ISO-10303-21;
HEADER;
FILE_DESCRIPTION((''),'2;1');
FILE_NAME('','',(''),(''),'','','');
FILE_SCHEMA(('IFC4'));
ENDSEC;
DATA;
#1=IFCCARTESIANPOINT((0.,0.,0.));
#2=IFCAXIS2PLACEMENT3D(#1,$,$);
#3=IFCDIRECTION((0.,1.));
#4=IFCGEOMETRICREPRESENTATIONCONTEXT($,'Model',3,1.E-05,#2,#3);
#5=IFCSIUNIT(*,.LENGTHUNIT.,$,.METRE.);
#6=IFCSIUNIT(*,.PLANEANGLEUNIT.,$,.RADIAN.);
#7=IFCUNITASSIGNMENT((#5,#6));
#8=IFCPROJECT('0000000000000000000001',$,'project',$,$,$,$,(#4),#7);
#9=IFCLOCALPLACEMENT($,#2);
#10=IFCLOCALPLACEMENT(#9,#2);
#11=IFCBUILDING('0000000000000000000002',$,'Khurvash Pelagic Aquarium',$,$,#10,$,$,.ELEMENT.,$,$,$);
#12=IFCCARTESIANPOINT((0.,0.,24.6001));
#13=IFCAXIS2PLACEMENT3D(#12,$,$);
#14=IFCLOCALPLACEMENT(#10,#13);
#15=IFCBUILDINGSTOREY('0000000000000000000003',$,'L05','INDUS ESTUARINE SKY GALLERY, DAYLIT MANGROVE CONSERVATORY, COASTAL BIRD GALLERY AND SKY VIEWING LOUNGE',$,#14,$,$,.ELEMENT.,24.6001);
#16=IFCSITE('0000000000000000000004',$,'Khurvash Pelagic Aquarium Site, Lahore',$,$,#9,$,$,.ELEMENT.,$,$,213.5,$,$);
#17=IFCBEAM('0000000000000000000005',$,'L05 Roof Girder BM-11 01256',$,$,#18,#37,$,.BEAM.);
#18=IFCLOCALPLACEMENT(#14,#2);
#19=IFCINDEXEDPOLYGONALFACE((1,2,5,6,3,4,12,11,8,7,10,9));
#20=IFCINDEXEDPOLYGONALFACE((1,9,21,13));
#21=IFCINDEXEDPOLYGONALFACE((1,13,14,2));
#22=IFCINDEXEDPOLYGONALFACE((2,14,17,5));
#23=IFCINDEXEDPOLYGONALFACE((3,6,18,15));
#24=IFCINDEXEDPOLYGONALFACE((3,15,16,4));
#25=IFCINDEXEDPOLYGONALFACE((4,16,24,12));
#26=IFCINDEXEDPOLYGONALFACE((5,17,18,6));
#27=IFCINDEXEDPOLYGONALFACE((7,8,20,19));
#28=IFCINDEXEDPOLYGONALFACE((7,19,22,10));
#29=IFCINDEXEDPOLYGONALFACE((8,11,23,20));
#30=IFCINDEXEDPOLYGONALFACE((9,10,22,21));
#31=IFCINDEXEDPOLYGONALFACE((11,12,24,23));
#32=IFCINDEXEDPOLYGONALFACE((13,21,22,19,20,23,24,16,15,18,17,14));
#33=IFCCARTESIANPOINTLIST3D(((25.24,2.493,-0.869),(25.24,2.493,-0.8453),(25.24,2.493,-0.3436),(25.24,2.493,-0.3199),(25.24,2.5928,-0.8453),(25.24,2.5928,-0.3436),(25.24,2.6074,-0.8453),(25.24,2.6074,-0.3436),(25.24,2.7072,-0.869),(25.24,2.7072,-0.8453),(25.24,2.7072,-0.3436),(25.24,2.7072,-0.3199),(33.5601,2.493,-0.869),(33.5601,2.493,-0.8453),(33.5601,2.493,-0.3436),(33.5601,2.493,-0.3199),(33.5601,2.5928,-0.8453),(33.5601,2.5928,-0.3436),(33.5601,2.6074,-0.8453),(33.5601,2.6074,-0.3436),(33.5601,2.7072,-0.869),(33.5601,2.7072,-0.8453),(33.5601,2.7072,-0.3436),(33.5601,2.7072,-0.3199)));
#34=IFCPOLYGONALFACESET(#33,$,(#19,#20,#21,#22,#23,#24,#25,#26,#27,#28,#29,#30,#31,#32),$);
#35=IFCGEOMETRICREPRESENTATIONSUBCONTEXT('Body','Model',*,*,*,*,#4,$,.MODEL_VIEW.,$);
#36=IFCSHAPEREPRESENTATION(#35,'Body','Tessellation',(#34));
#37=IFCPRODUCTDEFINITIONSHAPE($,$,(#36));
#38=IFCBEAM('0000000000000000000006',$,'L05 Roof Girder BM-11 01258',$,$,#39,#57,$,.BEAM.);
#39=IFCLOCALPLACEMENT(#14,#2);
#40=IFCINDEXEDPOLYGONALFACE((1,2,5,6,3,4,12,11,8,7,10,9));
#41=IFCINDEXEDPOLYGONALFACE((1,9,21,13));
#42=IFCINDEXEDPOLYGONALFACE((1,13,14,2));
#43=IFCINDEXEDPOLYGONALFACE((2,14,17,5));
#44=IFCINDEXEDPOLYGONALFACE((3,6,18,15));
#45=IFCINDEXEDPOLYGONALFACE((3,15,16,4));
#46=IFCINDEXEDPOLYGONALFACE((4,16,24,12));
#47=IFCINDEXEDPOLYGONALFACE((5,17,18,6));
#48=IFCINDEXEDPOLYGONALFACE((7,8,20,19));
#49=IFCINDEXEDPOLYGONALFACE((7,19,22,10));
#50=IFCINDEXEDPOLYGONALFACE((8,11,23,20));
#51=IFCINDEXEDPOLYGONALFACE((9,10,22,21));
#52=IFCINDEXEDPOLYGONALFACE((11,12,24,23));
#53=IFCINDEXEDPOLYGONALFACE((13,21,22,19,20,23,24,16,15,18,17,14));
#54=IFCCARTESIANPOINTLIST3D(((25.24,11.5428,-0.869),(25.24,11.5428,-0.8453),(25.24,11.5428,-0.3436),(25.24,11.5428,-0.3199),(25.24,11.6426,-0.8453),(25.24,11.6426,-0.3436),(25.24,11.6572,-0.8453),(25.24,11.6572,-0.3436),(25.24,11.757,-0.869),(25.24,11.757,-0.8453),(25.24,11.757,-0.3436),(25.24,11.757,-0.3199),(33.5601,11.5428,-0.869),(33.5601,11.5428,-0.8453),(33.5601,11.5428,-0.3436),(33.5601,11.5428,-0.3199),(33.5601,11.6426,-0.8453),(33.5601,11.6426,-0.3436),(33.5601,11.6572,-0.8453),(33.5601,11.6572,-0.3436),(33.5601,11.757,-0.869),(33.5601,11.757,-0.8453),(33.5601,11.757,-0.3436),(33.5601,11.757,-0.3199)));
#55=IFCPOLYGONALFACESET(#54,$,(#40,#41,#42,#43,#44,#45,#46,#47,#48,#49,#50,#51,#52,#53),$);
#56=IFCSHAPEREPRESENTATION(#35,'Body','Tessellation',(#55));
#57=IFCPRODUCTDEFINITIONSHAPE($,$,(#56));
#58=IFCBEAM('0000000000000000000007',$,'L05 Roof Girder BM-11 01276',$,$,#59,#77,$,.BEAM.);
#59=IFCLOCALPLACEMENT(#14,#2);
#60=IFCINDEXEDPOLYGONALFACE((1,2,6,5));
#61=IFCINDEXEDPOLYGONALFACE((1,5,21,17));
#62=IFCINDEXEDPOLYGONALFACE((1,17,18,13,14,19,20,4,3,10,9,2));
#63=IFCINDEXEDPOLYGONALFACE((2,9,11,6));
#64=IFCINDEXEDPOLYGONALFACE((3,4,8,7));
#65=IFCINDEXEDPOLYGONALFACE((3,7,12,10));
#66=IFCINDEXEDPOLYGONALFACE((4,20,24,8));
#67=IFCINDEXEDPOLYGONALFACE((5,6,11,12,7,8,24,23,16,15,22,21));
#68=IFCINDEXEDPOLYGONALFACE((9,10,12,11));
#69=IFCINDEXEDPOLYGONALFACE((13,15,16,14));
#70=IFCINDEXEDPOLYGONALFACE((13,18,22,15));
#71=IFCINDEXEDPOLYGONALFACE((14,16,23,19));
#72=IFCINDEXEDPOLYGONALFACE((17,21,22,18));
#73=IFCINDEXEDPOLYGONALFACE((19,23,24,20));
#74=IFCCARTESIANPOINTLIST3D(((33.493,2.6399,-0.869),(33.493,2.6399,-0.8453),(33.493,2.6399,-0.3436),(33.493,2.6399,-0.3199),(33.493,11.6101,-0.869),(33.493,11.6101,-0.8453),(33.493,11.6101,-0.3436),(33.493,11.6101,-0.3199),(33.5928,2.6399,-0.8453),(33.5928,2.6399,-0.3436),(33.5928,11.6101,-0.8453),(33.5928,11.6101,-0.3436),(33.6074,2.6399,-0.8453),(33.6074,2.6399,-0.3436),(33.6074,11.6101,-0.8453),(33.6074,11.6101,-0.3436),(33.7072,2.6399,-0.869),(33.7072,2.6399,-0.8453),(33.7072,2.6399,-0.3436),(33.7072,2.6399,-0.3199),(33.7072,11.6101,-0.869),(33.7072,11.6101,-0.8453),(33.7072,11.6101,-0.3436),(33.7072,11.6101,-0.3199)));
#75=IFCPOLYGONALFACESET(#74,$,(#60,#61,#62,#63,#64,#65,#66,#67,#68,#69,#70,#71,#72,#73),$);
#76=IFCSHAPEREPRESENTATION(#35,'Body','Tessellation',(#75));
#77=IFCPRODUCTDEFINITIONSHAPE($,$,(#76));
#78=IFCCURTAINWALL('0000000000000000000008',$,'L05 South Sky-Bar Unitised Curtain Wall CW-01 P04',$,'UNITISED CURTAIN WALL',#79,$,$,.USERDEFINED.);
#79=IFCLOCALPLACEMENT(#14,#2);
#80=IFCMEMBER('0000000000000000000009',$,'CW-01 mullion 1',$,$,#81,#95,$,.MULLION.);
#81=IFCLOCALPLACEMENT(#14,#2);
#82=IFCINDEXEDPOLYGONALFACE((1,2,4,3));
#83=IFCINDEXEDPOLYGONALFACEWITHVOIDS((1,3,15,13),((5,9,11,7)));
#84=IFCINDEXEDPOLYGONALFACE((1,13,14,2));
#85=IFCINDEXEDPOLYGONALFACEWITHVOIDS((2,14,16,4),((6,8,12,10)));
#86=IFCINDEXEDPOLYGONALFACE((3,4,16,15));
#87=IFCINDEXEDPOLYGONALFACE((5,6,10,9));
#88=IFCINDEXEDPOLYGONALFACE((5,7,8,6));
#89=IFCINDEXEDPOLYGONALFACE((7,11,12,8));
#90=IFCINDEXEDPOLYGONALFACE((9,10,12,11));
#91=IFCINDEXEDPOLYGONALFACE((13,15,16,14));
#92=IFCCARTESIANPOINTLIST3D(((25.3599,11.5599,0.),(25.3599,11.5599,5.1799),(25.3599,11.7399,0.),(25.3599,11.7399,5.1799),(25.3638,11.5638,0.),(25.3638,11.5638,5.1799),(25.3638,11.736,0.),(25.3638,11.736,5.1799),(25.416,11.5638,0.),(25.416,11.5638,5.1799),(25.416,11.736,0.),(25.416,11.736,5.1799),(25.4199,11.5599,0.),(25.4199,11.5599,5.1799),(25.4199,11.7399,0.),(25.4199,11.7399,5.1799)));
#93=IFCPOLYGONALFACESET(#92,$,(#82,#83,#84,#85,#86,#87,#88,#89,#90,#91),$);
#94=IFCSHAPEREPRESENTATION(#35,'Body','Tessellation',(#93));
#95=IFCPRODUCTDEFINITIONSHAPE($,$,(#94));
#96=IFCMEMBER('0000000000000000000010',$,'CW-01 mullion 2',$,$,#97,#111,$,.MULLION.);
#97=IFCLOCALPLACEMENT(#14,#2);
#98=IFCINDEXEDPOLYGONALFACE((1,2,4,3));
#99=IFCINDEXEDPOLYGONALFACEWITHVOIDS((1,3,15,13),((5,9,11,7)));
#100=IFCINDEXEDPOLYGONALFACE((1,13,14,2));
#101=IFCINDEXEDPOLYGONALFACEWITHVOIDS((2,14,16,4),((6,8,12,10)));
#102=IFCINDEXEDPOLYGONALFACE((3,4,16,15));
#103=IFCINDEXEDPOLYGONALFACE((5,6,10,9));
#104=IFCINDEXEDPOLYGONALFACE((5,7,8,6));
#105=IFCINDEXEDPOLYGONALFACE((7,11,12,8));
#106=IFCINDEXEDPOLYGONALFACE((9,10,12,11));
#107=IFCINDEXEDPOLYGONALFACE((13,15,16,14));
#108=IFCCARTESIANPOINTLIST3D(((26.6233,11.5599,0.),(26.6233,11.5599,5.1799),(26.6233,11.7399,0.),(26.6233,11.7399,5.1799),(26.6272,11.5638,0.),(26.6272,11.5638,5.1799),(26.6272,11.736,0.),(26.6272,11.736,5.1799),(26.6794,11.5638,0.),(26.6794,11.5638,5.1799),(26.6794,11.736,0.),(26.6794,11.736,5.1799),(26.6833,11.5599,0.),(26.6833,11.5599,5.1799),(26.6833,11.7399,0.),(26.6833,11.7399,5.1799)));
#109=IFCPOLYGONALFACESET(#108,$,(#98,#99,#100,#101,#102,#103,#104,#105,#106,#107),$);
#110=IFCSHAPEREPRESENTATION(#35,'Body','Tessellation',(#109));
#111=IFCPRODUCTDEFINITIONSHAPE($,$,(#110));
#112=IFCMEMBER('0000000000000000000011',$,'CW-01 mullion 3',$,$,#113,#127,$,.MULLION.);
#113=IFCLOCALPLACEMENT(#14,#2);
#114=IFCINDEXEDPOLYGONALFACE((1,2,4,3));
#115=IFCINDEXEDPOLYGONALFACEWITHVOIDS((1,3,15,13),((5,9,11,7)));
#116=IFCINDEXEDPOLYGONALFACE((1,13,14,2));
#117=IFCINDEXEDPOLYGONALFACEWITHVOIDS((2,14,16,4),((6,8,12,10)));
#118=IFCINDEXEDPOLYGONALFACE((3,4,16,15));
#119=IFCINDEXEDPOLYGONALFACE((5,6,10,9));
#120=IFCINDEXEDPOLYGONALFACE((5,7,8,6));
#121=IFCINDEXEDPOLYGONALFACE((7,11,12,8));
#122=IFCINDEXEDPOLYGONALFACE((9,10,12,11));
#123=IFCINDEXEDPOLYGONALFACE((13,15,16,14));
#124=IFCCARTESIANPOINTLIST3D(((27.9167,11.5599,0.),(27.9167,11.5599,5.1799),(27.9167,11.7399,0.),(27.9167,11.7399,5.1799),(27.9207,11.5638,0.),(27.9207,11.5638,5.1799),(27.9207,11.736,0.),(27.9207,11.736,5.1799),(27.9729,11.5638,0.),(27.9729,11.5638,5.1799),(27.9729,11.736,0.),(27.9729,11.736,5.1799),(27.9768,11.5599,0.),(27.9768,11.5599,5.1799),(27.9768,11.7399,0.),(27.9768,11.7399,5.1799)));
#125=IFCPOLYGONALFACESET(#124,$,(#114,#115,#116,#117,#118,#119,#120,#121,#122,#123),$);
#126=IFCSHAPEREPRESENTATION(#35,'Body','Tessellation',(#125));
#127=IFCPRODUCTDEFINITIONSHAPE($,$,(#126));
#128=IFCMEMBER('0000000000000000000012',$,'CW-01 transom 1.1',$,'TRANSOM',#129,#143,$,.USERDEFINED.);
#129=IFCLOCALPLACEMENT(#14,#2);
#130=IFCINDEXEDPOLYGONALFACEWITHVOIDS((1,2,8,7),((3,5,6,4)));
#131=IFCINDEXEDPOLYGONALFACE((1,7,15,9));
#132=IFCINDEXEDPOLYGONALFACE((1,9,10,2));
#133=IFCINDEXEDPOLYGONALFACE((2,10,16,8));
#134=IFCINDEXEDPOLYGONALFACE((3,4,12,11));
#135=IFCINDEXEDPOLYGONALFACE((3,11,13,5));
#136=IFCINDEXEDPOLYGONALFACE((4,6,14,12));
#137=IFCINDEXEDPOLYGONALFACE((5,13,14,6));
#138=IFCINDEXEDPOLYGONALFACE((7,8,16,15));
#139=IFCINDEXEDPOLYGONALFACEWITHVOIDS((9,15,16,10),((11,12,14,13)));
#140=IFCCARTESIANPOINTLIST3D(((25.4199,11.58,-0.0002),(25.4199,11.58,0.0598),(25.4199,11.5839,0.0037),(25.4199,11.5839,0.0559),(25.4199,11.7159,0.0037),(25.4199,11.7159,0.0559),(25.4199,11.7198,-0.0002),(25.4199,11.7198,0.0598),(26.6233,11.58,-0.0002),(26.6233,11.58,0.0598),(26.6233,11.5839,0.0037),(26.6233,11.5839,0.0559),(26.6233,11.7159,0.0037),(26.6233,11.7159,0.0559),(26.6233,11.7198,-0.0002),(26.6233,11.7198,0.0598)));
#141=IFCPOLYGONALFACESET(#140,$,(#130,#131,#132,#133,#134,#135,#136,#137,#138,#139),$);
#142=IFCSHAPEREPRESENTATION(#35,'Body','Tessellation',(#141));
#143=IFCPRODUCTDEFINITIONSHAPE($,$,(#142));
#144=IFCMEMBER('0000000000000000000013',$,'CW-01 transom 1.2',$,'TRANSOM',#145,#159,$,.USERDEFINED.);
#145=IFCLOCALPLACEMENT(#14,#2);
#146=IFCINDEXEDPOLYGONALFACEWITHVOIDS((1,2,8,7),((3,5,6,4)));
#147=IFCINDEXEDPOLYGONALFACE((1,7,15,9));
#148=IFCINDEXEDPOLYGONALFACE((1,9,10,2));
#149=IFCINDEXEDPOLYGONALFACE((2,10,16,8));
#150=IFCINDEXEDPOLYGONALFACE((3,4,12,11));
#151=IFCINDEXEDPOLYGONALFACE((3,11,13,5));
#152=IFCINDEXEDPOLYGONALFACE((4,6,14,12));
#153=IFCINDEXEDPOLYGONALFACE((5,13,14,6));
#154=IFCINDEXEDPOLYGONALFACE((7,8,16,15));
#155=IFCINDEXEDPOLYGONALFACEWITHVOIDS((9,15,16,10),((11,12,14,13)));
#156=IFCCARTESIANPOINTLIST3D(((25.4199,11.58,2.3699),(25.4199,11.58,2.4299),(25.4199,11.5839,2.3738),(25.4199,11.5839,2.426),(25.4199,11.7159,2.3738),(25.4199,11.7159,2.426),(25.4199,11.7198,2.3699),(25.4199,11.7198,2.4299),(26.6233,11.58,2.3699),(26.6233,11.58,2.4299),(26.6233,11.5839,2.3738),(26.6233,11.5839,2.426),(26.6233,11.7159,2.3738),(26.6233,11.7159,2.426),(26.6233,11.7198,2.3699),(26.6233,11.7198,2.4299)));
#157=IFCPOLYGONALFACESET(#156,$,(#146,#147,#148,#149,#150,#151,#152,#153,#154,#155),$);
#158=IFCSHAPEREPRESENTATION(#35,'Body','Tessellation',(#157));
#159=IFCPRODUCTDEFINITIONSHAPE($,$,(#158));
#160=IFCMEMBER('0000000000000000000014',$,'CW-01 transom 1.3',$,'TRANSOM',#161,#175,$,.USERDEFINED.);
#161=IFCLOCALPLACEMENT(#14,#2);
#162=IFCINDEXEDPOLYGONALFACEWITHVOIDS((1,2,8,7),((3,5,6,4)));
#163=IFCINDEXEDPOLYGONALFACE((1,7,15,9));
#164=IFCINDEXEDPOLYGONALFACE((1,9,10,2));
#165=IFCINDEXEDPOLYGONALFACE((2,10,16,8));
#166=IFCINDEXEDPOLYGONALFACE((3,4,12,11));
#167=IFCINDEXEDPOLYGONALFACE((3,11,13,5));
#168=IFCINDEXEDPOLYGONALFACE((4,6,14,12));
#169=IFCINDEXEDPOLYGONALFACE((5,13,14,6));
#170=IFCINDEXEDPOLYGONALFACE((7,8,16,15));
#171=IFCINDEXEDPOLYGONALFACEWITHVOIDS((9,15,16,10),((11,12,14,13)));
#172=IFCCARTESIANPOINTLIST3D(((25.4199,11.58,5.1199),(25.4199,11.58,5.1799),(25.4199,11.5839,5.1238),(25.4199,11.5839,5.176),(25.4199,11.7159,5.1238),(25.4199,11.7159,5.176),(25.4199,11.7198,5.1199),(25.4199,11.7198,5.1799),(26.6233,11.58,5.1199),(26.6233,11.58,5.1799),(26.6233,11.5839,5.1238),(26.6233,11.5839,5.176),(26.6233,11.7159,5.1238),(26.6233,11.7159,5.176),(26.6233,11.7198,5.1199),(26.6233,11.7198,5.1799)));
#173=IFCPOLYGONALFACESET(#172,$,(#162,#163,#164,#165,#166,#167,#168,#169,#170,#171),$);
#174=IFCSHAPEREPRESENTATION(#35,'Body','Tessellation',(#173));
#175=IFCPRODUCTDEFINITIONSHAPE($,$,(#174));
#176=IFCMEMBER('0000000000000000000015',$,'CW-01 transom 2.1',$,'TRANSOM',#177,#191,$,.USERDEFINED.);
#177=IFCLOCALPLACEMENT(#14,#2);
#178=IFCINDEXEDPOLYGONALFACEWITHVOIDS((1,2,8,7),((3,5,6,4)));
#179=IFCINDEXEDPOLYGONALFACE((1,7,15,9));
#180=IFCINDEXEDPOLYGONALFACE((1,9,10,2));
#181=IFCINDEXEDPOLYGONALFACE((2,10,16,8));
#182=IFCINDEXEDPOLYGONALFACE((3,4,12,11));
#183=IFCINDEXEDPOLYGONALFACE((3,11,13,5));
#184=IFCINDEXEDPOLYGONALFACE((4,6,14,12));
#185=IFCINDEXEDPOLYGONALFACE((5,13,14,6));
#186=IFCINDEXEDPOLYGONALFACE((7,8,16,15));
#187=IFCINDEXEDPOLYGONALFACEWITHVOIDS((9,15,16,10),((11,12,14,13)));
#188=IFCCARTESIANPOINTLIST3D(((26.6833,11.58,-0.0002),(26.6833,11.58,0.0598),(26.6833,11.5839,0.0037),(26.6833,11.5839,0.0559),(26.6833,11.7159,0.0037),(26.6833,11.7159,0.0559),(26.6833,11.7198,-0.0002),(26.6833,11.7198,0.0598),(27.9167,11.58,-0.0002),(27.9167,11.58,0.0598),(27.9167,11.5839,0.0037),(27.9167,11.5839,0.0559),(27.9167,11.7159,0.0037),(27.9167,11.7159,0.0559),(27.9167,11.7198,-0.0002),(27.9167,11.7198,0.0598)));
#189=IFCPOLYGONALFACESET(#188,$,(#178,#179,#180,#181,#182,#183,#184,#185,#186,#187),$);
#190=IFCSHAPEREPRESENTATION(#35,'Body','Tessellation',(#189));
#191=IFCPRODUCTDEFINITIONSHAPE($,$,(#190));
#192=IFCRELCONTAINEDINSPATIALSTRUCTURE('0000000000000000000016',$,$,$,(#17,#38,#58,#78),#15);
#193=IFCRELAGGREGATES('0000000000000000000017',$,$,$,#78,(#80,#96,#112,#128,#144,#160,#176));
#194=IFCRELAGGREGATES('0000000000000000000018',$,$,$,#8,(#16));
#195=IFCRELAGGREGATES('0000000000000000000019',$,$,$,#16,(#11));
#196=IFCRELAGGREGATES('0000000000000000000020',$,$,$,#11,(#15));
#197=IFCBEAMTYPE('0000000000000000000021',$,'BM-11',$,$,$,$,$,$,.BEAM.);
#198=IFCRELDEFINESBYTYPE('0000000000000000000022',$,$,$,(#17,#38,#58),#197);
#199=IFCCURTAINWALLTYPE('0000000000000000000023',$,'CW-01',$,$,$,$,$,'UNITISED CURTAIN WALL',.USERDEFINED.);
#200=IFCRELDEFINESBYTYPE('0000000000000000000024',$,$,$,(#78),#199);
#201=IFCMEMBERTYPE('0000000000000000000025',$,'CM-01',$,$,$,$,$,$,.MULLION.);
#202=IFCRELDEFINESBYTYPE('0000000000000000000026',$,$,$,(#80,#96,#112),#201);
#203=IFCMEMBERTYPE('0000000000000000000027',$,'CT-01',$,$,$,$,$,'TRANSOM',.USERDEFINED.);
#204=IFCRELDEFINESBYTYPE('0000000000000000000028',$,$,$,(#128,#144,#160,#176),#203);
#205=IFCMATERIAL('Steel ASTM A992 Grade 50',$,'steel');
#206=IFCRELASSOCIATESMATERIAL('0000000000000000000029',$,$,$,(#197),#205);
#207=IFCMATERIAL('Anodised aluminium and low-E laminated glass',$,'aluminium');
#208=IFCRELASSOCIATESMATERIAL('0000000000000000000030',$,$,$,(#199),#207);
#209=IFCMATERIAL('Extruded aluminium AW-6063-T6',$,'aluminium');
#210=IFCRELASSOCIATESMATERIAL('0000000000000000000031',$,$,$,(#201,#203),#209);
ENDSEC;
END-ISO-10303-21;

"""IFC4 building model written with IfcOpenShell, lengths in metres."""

from ifc_helpers import new_model, si_unit, direction, frame, origin, origin_2d, place, context, subcontext, project, spatial, hollow_rectangle, i_section, extrude, material, material_profile, profile_set, type_object, element, aggregate, save


model = new_model("IFC4")

# Units and contexts
model_context = context("Model", 3, precision=1e-05, world=origin(), true_north=direction((0.0, 1.0)))
body_context = subcontext(model_context, "Body", "Model", "MODEL_VIEW")
ifc_project = project(units=[si_unit("LENGTHUNIT", "METRE"), si_unit("PLANEANGLEUNIT", "RADIAN")], contexts=[model_context])

# Site, building, storey
site_placement = place(None, origin())
site = spatial("IfcSite", under=ifc_project, at=site_placement, Name="Khurvash Pelagic Aquarium Site, Lahore", CompositionType="ELEMENT", RefElevation=213.5)
building_placement = place(site_placement, origin())
building = spatial("IfcBuilding", under=site, at=building_placement, Name="Khurvash Pelagic Aquarium", CompositionType="ELEMENT")
storey_placement = place(building_placement, frame((0.0, 0.0, 24.6001)))
storey = spatial("IfcBuildingStorey", under=building, at=storey_placement, Name="L05", Description="INDUS ESTUARINE SKY GALLERY, DAYLIT MANGROVE CONSERVATORY, COASTAL BIRD GALLERY AND SKY VIEWING LOUNGE", CompositionType="ELEMENT", Elevation=24.6001)

# Beams
ifc_material_1 = material(Name="Steel ASTM A992 Grade 50", Category="steel")
ifc_material_profile_1 = material_profile(ifc_material_1, i_section(OverallWidth=0.2141, OverallDepth=0.5491, WebThickness=0.0146, FlangeThickness=0.0237, at=origin_2d()), Name="W21X93")
ifc_profile_set_1 = profile_set([ifc_material_profile_1], Name="Steel ASTM A992 Grade 50")
beam_type_1 = type_object("IfcBeamType", Name="BM-11", PredefinedType="BEAM", material=ifc_profile_set_1)
for number, where, z_axis, x_axis, name in (
    (1, (25.24, 2.6001, -0.5945), (1.0, 0.0, 0.0), (0.0, 1.0, 0.0), "L05 Roof Girder BM-11 01256"),
    (2, (25.24, 11.6499, -0.5945), (1.0, 0.0, 0.0), (0.0, 1.0, 0.0), "L05 Roof Girder BM-11 01258"),
):
    element("IfcBeam", number, at=place(storey_placement, frame(where, z_axis=z_axis, x_axis=x_axis)), inside=storey, type_object=beam_type_1, Name=name, PredefinedType="BEAM", context=body_context, shape_type="SweptSolid", body=[
        extrude(i_section(OverallWidth=0.2141, OverallDepth=0.5491, WebThickness=0.0146, FlangeThickness=0.0237, at=origin_2d()), origin(), (0.0, 0.0, 1.0), 8.3201),
    ])
beam_1_placement = place(storey_placement, frame((33.6001, 2.6399, -0.5945), z_axis=(0.0, 1.0, 0.0), x_axis=(-1.0, 0.0, 0.0)))
element("IfcBeam", 3, at=beam_1_placement, inside=storey, type_object=beam_type_1, Name="L05 Roof Girder BM-11 01276", PredefinedType="BEAM", context=body_context, shape_type="SweptSolid", body=[
    extrude(i_section(OverallWidth=0.2141, OverallDepth=0.5491, WebThickness=0.0146, FlangeThickness=0.0237, at=origin_2d()), origin(), (0.0, 0.0, 1.0), 8.9702),
])

# Curtain wall, members
ifc_material_2 = material(Name="Anodised aluminium and low-E laminated glass", Category="aluminium")
curtain_wall_type = type_object("IfcCurtainWallType", Name="CW-01", ElementType="UNITISED CURTAIN WALL", PredefinedType="USERDEFINED", material=ifc_material_2)
curtain_wall_placement = place(storey_placement, origin())
curtain_wall = element("IfcCurtainWall", 4, at=curtain_wall_placement, inside=storey, type_object=curtain_wall_type, Name="L05 South Sky-Bar Unitised Curtain Wall CW-01 P04", ObjectType="UNITISED CURTAIN WALL", PredefinedType="USERDEFINED")
ifc_material_3 = material(Name="Extruded aluminium AW-6063-T6", Category="aluminium")
ifc_material_profile_2 = material_profile(ifc_material_3, hollow_rectangle(XDim=0.0601, YDim=0.1799, WallThickness=0.0039, at=origin_2d()), Name="CWM60X180X4")
ifc_profile_set_2 = profile_set([ifc_material_profile_2], Name="Extruded aluminium AW-6063-T6")
member_type_1 = type_object("IfcMemberType", Name="CM-01", PredefinedType="MULLION", material=ifc_profile_set_2)
member_1_placement = place(storey_placement, frame((25.3899, 11.6499, 0.0), z_axis=(0.0, 0.0, 1.0), x_axis=(1.0, 0.0, 0.0)))
member_1 = element("IfcMember", 5, at=member_1_placement, type_object=member_type_1, Name="CW-01 mullion 1", PredefinedType="MULLION", context=body_context, shape_type="SweptSolid", body=[
    extrude(hollow_rectangle(XDim=0.0601, YDim=0.1799, WallThickness=0.0039, at=origin_2d()), origin(), (0.0, 0.0, 1.0), 5.1799),
])
member_2_placement = place(storey_placement, frame((26.6533, 11.6499, 0.0), z_axis=(0.0, 0.0, 1.0), x_axis=(1.0, 0.0, 0.0)))
member_2 = element("IfcMember", 6, at=member_2_placement, type_object=member_type_1, Name="CW-01 mullion 2", PredefinedType="MULLION", context=body_context, shape_type="SweptSolid", body=[
    extrude(hollow_rectangle(XDim=0.0601, YDim=0.1799, WallThickness=0.0039, at=origin_2d()), origin(), (0.0, 0.0, 1.0), 5.1799),
])
member_3_placement = place(storey_placement, frame((27.9468, 11.6499, 0.0), z_axis=(0.0, 0.0, 1.0), x_axis=(1.0, 0.0, 0.0)))
member_3 = element("IfcMember", 7, at=member_3_placement, type_object=member_type_1, Name="CW-01 mullion 3", PredefinedType="MULLION", context=body_context, shape_type="SweptSolid", body=[
    extrude(hollow_rectangle(XDim=0.0601, YDim=0.1799, WallThickness=0.0039, at=origin_2d()), origin(), (0.0, 0.0, 1.0), 5.1799),
])
ifc_material_profile_3 = material_profile(ifc_material_3, hollow_rectangle(XDim=0.1399, YDim=0.0601, WallThickness=0.0039, at=origin_2d()), Name="CWT140X60X4")
ifc_profile_set_3 = profile_set([ifc_material_profile_3], Name="Extruded aluminium AW-6063-T6")
member_type_2 = type_object("IfcMemberType", Name="CT-01", ElementType="TRANSOM", PredefinedType="USERDEFINED", material=ifc_profile_set_3)
member_4_placement = place(storey_placement, frame((25.4199, 11.6499, 0.0298), z_axis=(1.0, 0.0, 0.0), x_axis=(0.0, 1.0, 0.0)))
member_4 = element("IfcMember", 8, at=member_4_placement, type_object=member_type_2, Name="CW-01 transom 1.1", ObjectType="TRANSOM", PredefinedType="USERDEFINED", context=body_context, shape_type="SweptSolid", body=[
    extrude(hollow_rectangle(XDim=0.1399, YDim=0.0601, WallThickness=0.0039, at=origin_2d()), origin(), (0.0, 0.0, 1.0), 1.2034),
])
member_5_placement = place(storey_placement, frame((25.4199, 11.6499, 2.3999), z_axis=(1.0, 0.0, 0.0), x_axis=(0.0, 1.0, 0.0)))
member_5 = element("IfcMember", 9, at=member_5_placement, type_object=member_type_2, Name="CW-01 transom 1.2", ObjectType="TRANSOM", PredefinedType="USERDEFINED", context=body_context, shape_type="SweptSolid", body=[
    extrude(hollow_rectangle(XDim=0.1399, YDim=0.0601, WallThickness=0.0039, at=origin_2d()), origin(), (0.0, 0.0, 1.0), 1.2034),
])
member_6_placement = place(storey_placement, frame((25.4199, 11.6499, 5.1499), z_axis=(1.0, 0.0, 0.0), x_axis=(0.0, 1.0, 0.0)))
member_6 = element("IfcMember", 10, at=member_6_placement, type_object=member_type_2, Name="CW-01 transom 1.3", ObjectType="TRANSOM", PredefinedType="USERDEFINED", context=body_context, shape_type="SweptSolid", body=[
    extrude(hollow_rectangle(XDim=0.1399, YDim=0.0601, WallThickness=0.0039, at=origin_2d()), origin(), (0.0, 0.0, 1.0), 1.2034),
])
member_7_placement = place(storey_placement, frame((26.6833, 11.6499, 0.0298), z_axis=(1.0, 0.0, 0.0), x_axis=(0.0, 1.0, 0.0)))
member_7 = element("IfcMember", 11, at=member_7_placement, type_object=member_type_2, Name="CW-01 transom 2.1", ObjectType="TRANSOM", PredefinedType="USERDEFINED", context=body_context, shape_type="SweptSolid", body=[
    extrude(hollow_rectangle(XDim=0.1399, YDim=0.0601, WallThickness=0.0039, at=origin_2d()), origin(), (0.0, 0.0, 1.0), 1.2334),
])

aggregate(curtain_wall, [member_1, member_2, member_3, member_4, member_5, member_6, member_7])

save(model, "model.ifc")
